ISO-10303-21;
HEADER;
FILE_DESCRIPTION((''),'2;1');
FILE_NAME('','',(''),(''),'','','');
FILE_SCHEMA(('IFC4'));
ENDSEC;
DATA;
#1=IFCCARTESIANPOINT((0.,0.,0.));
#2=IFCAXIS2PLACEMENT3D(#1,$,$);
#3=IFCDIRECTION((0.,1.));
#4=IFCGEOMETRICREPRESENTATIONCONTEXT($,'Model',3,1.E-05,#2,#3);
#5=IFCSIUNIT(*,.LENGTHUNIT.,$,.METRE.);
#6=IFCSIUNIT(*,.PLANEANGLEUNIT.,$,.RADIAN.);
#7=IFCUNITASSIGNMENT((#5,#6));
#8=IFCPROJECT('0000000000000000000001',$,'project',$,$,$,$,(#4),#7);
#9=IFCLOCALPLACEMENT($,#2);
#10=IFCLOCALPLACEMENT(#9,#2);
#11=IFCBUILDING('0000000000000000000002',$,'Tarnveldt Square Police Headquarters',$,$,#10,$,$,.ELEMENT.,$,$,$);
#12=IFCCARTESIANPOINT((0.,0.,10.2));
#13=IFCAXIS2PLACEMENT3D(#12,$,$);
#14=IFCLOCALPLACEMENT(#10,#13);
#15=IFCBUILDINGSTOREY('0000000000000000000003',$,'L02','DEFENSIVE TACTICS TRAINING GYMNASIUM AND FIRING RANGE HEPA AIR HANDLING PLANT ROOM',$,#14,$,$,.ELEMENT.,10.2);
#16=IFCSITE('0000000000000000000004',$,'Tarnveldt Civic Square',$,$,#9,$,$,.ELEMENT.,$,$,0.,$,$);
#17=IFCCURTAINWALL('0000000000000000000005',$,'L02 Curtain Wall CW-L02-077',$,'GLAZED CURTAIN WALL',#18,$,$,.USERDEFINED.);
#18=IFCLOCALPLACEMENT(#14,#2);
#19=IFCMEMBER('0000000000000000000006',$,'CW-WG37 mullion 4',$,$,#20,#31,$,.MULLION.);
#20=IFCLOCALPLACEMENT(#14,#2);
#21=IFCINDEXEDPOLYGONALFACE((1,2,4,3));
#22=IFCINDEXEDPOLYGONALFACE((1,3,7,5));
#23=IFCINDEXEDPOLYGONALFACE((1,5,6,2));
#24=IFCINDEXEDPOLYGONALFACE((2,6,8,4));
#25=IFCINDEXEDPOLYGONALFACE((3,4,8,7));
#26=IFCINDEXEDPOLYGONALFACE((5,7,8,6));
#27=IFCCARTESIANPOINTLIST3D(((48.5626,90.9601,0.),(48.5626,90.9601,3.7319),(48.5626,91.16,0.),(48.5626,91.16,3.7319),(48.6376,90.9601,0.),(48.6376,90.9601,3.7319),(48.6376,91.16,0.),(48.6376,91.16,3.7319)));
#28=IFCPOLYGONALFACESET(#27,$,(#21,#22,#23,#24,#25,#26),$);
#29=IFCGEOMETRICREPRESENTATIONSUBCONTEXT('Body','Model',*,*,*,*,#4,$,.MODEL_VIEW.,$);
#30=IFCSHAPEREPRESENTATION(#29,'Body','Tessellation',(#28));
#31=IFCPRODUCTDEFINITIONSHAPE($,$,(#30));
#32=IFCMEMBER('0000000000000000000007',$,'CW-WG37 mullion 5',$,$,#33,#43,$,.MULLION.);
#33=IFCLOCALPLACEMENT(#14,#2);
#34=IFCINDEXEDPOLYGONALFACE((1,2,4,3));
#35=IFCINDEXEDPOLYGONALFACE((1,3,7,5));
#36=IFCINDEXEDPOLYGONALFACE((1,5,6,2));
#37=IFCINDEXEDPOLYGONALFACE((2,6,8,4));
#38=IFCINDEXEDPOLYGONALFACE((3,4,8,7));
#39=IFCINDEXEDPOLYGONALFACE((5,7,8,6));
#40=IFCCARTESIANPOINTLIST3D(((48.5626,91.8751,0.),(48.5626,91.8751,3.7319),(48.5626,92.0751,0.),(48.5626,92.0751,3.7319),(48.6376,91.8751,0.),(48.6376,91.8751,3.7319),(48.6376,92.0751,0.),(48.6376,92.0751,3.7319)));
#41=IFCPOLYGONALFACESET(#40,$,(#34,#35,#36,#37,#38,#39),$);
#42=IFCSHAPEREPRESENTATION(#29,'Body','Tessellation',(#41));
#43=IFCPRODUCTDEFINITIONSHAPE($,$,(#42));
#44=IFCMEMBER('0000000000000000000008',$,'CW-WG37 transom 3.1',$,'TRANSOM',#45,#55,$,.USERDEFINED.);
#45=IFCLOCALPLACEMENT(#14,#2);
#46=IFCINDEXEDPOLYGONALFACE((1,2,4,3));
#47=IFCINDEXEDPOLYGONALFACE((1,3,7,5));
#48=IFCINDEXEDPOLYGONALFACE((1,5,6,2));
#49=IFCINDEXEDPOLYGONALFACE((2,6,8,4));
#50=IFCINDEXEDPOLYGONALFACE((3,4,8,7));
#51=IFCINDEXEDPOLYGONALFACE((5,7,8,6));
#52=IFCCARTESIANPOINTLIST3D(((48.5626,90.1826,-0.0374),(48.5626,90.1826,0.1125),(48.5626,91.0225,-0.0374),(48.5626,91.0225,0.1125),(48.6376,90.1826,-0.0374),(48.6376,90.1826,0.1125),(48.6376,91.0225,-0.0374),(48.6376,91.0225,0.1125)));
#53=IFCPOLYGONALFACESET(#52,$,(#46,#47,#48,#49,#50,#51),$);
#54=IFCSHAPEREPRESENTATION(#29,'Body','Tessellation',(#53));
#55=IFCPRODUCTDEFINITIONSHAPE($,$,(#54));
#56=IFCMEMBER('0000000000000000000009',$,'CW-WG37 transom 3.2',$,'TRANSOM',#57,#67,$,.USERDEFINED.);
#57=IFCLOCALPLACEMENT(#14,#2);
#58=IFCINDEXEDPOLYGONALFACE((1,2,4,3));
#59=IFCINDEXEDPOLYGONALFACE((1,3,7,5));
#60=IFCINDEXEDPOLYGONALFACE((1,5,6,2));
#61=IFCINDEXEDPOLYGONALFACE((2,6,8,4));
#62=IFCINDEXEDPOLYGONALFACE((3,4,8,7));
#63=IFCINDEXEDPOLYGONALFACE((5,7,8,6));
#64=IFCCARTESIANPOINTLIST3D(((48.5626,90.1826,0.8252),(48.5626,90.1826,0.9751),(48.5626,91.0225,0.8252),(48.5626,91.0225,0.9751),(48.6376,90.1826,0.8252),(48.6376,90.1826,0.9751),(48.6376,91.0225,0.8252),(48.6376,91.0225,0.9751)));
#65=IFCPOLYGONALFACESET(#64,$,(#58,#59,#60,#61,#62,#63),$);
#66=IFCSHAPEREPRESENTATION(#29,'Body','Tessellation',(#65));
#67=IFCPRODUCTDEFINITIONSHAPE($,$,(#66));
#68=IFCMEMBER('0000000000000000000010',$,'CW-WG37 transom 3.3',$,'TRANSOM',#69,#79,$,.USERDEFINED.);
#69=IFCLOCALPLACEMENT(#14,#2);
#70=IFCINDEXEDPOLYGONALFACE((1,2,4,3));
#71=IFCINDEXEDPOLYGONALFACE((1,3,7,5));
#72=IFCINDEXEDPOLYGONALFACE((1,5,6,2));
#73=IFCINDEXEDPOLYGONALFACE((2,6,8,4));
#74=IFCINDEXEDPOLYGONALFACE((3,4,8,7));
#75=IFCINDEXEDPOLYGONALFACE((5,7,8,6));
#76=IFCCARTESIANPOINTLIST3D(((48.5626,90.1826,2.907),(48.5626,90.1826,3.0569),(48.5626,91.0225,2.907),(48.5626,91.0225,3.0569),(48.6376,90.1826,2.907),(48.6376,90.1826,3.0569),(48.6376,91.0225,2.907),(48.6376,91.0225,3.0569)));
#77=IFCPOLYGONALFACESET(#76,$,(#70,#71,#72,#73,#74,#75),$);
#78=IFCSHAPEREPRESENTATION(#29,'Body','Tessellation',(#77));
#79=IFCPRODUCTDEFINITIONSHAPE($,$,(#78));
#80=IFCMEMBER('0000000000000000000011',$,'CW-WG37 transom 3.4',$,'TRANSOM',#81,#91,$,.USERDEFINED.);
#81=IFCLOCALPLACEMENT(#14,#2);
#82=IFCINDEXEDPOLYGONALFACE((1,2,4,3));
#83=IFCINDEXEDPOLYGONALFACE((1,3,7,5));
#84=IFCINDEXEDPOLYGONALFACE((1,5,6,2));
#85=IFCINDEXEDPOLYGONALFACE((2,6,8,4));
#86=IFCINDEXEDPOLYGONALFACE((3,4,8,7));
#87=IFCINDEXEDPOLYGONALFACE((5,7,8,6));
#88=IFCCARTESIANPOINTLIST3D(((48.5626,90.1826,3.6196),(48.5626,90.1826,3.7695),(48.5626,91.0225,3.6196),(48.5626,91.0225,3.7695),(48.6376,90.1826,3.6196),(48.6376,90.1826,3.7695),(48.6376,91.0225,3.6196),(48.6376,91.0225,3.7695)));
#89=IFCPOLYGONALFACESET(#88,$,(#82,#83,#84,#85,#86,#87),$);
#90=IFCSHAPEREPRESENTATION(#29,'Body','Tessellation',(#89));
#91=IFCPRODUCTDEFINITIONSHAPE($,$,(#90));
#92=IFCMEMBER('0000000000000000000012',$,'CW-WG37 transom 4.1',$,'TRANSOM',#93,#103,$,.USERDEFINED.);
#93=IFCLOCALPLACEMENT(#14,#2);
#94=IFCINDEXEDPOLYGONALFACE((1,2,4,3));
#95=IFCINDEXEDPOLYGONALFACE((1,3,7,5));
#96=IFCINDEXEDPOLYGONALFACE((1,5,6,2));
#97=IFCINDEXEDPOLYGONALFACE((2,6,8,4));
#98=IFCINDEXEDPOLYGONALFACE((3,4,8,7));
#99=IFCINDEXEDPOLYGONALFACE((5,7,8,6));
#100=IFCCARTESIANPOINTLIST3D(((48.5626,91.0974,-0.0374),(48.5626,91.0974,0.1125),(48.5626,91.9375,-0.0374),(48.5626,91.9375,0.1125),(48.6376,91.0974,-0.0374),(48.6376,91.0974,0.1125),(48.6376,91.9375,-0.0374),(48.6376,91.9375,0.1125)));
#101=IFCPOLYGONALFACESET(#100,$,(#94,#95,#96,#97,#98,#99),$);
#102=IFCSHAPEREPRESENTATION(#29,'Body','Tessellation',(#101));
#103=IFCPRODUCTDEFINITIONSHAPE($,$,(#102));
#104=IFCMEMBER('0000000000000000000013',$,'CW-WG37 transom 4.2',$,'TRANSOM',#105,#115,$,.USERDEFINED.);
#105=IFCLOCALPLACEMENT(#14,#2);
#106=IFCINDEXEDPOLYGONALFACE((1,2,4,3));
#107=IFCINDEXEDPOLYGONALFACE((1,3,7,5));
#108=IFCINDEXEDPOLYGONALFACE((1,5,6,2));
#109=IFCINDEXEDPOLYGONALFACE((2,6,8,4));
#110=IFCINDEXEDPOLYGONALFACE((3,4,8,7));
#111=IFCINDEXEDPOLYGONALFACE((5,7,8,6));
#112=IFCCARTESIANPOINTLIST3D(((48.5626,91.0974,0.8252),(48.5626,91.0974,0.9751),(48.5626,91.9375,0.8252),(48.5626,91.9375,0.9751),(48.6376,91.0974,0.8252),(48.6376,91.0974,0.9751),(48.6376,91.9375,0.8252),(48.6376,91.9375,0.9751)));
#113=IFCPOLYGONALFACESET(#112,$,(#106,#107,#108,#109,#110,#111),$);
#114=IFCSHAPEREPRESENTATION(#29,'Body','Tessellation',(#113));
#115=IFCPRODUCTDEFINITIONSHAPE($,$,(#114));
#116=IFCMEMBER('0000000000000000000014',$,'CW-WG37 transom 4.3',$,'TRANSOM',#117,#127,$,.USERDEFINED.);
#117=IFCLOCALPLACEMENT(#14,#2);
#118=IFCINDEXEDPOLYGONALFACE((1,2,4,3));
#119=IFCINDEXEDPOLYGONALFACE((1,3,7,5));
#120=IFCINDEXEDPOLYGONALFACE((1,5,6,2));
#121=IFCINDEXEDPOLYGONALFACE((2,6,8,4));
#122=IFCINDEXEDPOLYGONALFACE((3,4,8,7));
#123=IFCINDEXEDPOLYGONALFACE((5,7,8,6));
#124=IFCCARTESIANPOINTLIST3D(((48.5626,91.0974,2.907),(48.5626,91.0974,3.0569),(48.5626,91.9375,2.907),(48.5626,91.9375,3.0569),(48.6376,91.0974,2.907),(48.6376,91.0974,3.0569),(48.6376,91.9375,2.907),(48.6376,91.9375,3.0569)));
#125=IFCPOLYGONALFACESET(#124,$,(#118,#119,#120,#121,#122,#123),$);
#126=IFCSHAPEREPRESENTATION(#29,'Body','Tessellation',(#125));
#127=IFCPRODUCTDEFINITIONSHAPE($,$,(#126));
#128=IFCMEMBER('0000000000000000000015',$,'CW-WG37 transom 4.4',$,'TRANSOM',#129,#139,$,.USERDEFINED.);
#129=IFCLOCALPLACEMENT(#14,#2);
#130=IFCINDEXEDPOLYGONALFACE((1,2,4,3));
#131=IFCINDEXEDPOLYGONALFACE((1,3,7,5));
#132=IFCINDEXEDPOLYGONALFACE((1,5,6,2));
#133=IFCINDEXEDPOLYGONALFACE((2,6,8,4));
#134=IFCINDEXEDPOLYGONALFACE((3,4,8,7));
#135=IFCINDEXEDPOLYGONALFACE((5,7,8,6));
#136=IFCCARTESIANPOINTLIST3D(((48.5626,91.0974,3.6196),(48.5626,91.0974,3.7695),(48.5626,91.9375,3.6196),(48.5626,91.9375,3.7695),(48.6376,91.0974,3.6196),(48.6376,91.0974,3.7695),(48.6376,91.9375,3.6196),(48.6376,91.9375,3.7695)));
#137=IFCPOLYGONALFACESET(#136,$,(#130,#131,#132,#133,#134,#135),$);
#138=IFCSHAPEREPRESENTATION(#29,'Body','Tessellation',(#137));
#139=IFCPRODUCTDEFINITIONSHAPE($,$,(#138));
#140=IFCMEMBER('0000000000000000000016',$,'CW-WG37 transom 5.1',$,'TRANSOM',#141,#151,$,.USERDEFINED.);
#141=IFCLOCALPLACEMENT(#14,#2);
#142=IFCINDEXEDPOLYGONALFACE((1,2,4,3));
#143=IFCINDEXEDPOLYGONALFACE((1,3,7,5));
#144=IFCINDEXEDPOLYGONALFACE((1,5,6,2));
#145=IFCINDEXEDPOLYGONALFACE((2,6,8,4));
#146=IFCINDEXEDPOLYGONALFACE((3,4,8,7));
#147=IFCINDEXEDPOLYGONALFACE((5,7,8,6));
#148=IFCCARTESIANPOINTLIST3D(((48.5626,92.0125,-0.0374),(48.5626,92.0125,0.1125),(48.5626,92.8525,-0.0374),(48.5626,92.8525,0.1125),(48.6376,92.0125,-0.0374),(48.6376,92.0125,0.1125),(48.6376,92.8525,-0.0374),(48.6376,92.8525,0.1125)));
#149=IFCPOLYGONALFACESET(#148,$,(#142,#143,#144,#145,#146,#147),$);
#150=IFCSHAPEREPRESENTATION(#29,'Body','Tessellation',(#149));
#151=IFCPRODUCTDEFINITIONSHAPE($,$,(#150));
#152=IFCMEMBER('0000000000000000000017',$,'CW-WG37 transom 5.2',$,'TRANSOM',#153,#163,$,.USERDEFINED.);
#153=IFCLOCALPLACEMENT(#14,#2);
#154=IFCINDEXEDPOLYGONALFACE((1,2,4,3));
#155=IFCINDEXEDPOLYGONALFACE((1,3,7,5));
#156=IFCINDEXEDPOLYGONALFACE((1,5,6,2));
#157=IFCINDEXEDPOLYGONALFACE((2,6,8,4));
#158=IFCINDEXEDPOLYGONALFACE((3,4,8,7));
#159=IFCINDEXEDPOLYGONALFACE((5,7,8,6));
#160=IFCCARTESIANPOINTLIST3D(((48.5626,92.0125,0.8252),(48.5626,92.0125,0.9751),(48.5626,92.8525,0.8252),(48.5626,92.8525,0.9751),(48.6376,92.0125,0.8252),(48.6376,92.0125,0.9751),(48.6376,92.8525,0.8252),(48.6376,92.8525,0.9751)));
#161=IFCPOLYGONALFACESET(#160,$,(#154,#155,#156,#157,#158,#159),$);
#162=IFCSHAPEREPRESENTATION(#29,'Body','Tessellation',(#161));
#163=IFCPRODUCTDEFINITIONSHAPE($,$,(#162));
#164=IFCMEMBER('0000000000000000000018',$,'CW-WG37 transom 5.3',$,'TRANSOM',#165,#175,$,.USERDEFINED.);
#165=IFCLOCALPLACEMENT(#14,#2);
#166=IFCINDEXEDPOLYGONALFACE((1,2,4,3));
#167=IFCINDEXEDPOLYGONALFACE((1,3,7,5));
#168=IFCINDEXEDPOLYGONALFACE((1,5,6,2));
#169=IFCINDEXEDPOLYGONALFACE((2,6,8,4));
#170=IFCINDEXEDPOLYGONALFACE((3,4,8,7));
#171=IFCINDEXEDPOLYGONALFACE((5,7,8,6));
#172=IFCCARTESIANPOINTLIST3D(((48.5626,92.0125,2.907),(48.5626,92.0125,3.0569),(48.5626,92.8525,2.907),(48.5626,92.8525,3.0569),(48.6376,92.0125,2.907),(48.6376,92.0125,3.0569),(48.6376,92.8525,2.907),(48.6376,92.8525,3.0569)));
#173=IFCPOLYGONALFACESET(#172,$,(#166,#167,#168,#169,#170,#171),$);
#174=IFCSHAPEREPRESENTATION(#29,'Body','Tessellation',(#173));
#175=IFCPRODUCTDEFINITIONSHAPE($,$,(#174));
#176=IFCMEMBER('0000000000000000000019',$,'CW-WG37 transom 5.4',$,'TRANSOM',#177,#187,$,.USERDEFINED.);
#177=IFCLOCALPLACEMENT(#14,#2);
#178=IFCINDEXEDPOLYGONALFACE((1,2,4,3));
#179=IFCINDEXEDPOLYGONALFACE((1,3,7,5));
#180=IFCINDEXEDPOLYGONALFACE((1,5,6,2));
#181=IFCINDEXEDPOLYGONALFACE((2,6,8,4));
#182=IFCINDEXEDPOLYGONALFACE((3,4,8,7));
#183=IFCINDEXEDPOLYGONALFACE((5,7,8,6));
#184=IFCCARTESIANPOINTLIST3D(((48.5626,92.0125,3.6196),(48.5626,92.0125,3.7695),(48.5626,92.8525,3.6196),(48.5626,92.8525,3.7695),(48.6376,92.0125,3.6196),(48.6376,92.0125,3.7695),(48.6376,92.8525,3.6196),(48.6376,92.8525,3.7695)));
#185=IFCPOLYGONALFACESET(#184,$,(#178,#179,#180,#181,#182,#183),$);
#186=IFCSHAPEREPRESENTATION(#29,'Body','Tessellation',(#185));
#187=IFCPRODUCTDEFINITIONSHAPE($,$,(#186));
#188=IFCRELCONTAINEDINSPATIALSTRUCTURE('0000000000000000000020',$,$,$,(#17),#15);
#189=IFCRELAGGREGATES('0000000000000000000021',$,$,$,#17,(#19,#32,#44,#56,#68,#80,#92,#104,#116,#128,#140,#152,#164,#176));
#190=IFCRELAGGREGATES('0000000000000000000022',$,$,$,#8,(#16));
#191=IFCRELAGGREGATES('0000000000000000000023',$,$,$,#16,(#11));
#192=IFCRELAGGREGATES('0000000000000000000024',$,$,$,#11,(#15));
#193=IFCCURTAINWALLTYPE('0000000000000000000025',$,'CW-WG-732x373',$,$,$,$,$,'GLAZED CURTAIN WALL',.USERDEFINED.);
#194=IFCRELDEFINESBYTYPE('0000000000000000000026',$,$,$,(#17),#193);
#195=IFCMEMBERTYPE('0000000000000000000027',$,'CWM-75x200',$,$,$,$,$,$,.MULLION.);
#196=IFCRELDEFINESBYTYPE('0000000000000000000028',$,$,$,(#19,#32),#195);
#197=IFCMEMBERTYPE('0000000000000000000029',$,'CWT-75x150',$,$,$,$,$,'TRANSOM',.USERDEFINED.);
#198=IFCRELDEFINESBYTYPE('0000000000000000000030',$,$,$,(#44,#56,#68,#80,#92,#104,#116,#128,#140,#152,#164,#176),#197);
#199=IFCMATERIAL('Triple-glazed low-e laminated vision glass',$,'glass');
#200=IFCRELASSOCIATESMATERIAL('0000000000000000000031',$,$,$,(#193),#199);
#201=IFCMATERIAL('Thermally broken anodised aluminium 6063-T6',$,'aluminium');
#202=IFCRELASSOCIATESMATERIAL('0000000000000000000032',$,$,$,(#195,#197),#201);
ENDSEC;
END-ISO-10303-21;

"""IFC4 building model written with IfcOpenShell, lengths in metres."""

from ifc_helpers import new_model, si_unit, direction, frame, origin, origin_2d, place, context, subcontext, project, spatial, rectangle, extrude, material, material_profile, profile_set, type_object, element, aggregate, save


model = new_model("IFC4")

# Units and contexts
model_context = context("Model", 3, precision=1e-05, world=origin(), true_north=direction((0.0, 1.0)))
body_context = subcontext(model_context, "Body", "Model", "MODEL_VIEW")
ifc_project = project(units=[si_unit("LENGTHUNIT", "METRE"), si_unit("PLANEANGLEUNIT", "RADIAN")], contexts=[model_context])

# Site, building, storey
site_placement = place(None, origin())
site = spatial("IfcSite", under=ifc_project, at=site_placement, Name="Tarnveldt Civic Square", CompositionType="ELEMENT", RefElevation=0.0)
building_placement = place(site_placement, origin())
building = spatial("IfcBuilding", under=site, at=building_placement, Name="Tarnveldt Square Police Headquarters", CompositionType="ELEMENT")
storey_placement = place(building_placement, frame((0.0, 0.0, 10.2)))
storey = spatial("IfcBuildingStorey", under=building, at=storey_placement, Name="L02", Description="DEFENSIVE TACTICS TRAINING GYMNASIUM AND FIRING RANGE HEPA AIR HANDLING PLANT ROOM", CompositionType="ELEMENT", Elevation=10.2)

# Curtain wall, members
ifc_material_1 = material(Name="Triple-glazed low-e laminated vision glass", Category="glass")
curtain_wall_type = type_object("IfcCurtainWallType", Name="CW-WG-732x373", ElementType="GLAZED CURTAIN WALL", PredefinedType="USERDEFINED", material=ifc_material_1)
curtain_wall_placement = place(storey_placement, origin())
curtain_wall = element("IfcCurtainWall", 1, at=curtain_wall_placement, inside=storey, type_object=curtain_wall_type, Name="L02 Curtain Wall CW-L02-077", ObjectType="GLAZED CURTAIN WALL", PredefinedType="USERDEFINED")
ifc_material_2 = material(Name="Thermally broken anodised aluminium 6063-T6", Category="aluminium")
ifc_material_profile_1 = material_profile(ifc_material_2, rectangle(XDim=0.075, YDim=0.2, at=origin_2d()), Name="CW-M75x200")
ifc_profile_set_1 = profile_set([ifc_material_profile_1], Name="Thermally broken anodised aluminium 6063-T6")
member_type_1 = type_object("IfcMemberType", Name="CWM-75x200", PredefinedType="MULLION", material=ifc_profile_set_1)
member_1_placement = place(storey_placement, frame((48.6001, 91.0601, 0.0), z_axis=(0.0, 0.0, 1.0), x_axis=(-1.0, 0.0, 0.0)))
member_1 = element("IfcMember", 2, at=member_1_placement, type_object=member_type_1, Name="CW-WG37 mullion 4", PredefinedType="MULLION", context=body_context, shape_type="SweptSolid", body=[
    extrude(rectangle(XDim=0.075, YDim=0.2, at=origin_2d()), origin(), (0.0, 0.0, 1.0), 3.7319),
])
member_2_placement = place(storey_placement, frame((48.6001, 91.9751, 0.0), z_axis=(0.0, 0.0, 1.0), x_axis=(-1.0, 0.0, 0.0)))
member_2 = element("IfcMember", 3, at=member_2_placement, type_object=member_type_1, Name="CW-WG37 mullion 5", PredefinedType="MULLION", context=body_context, shape_type="SweptSolid", body=[
    extrude(rectangle(XDim=0.075, YDim=0.2, at=origin_2d()), origin(), (0.0, 0.0, 1.0), 3.7319),
])
ifc_material_profile_2 = material_profile(ifc_material_2, rectangle(XDim=0.075, YDim=0.1499, at=origin_2d()), Name="CW-T75x150")
ifc_profile_set_2 = profile_set([ifc_material_profile_2], Name="Thermally broken anodised aluminium 6063-T6")
member_type_2 = type_object("IfcMemberType", Name="CWT-75x150", ElementType="TRANSOM", PredefinedType="USERDEFINED", material=ifc_profile_set_2)
member_3_placement = place(storey_placement, frame((48.6001, 90.1826, 0.0376), z_axis=(0.0, 1.0, 0.0), x_axis=(-1.0, 0.0, 0.0)))
member_3 = element("IfcMember", 4, at=member_3_placement, type_object=member_type_2, Name="CW-WG37 transom 3.1", ObjectType="TRANSOM", PredefinedType="USERDEFINED", context=body_context, shape_type="SweptSolid", body=[
    extrude(rectangle(XDim=0.075, YDim=0.1499, at=origin_2d()), origin(), (0.0, 0.0, 1.0), 0.8398),
])
member_4_placement = place(storey_placement, frame((48.6001, 90.1826, 0.9001), z_axis=(0.0, 1.0, 0.0), x_axis=(-1.0, 0.0, 0.0)))
member_4 = element("IfcMember", 5, at=member_4_placement, type_object=member_type_2, Name="CW-WG37 transom 3.2", ObjectType="TRANSOM", PredefinedType="USERDEFINED", context=body_context, shape_type="SweptSolid", body=[
    extrude(rectangle(XDim=0.075, YDim=0.1499, at=origin_2d()), origin(), (0.0, 0.0, 1.0), 0.8398),
])
member_5_placement = place(storey_placement, frame((48.6001, 90.1826, 2.9819), z_axis=(0.0, 1.0, 0.0), x_axis=(-1.0, 0.0, 0.0)))
member_5 = element("IfcMember", 6, at=member_5_placement, type_object=member_type_2, Name="CW-WG37 transom 3.3", ObjectType="TRANSOM", PredefinedType="USERDEFINED", context=body_context, shape_type="SweptSolid", body=[
    extrude(rectangle(XDim=0.075, YDim=0.1499, at=origin_2d()), origin(), (0.0, 0.0, 1.0), 0.8398),
])
member_6_placement = place(storey_placement, frame((48.6001, 90.1826, 3.6946), z_axis=(0.0, 1.0, 0.0), x_axis=(-1.0, 0.0, 0.0)))
member_6 = element("IfcMember", 7, at=member_6_placement, type_object=member_type_2, Name="CW-WG37 transom 3.4", ObjectType="TRANSOM", PredefinedType="USERDEFINED", context=body_context, shape_type="SweptSolid", body=[
    extrude(rectangle(XDim=0.075, YDim=0.1499, at=origin_2d()), origin(), (0.0, 0.0, 1.0), 0.8398),
])
member_7_placement = place(storey_placement, frame((48.6001, 91.0974, 0.0376), z_axis=(0.0, 1.0, 0.0), x_axis=(-1.0, 0.0, 0.0)))
member_7 = element("IfcMember", 8, at=member_7_placement, type_object=member_type_2, Name="CW-WG37 transom 4.1", ObjectType="TRANSOM", PredefinedType="USERDEFINED", context=body_context, shape_type="SweptSolid", body=[
    extrude(rectangle(XDim=0.075, YDim=0.1499, at=origin_2d()), origin(), (0.0, 0.0, 1.0), 0.8401),
])
member_8_placement = place(storey_placement, frame((48.6001, 91.0974, 0.9001), z_axis=(0.0, 1.0, 0.0), x_axis=(-1.0, 0.0, 0.0)))
member_8 = element("IfcMember", 9, at=member_8_placement, type_object=member_type_2, Name="CW-WG37 transom 4.2", ObjectType="TRANSOM", PredefinedType="USERDEFINED", context=body_context, shape_type="SweptSolid", body=[
    extrude(rectangle(XDim=0.075, YDim=0.1499, at=origin_2d()), origin(), (0.0, 0.0, 1.0), 0.8401),
])
member_9_placement = place(storey_placement, frame((48.6001, 91.0974, 2.9819), z_axis=(0.0, 1.0, 0.0), x_axis=(-1.0, 0.0, 0.0)))
member_9 = element("IfcMember", 10, at=member_9_placement, type_object=member_type_2, Name="CW-WG37 transom 4.3", ObjectType="TRANSOM", PredefinedType="USERDEFINED", context=body_context, shape_type="SweptSolid", body=[
    extrude(rectangle(XDim=0.075, YDim=0.1499, at=origin_2d()), origin(), (0.0, 0.0, 1.0), 0.8401),
])
member_10_placement = place(storey_placement, frame((48.6001, 91.0974, 3.6946), z_axis=(0.0, 1.0, 0.0), x_axis=(-1.0, 0.0, 0.0)))
member_10 = element("IfcMember", 11, at=member_10_placement, type_object=member_type_2, Name="CW-WG37 transom 4.4", ObjectType="TRANSOM", PredefinedType="USERDEFINED", context=body_context, shape_type="SweptSolid", body=[
    extrude(rectangle(XDim=0.075, YDim=0.1499, at=origin_2d()), origin(), (0.0, 0.0, 1.0), 0.8401),
])
member_11_placement = place(storey_placement, frame((48.6001, 92.0125, 0.0376), z_axis=(0.0, 1.0, 0.0), x_axis=(-1.0, 0.0, 0.0)))
member_11 = element("IfcMember", 12, at=member_11_placement, type_object=member_type_2, Name="CW-WG37 transom 5.1", ObjectType="TRANSOM", PredefinedType="USERDEFINED", context=body_context, shape_type="SweptSolid", body=[
    extrude(rectangle(XDim=0.075, YDim=0.1499, at=origin_2d()), origin(), (0.0, 0.0, 1.0), 0.8401),
])
member_12_placement = place(storey_placement, frame((48.6001, 92.0125, 0.9001), z_axis=(0.0, 1.0, 0.0), x_axis=(-1.0, 0.0, 0.0)))
member_12 = element("IfcMember", 13, at=member_12_placement, type_object=member_type_2, Name="CW-WG37 transom 5.2", ObjectType="TRANSOM", PredefinedType="USERDEFINED", context=body_context, shape_type="SweptSolid", body=[
    extrude(rectangle(XDim=0.075, YDim=0.1499, at=origin_2d()), origin(), (0.0, 0.0, 1.0), 0.8401),
])
member_13_placement = place(storey_placement, frame((48.6001, 92.0125, 2.9819), z_axis=(0.0, 1.0, 0.0), x_axis=(-1.0, 0.0, 0.0)))
member_13 = element("IfcMember", 14, at=member_13_placement, type_object=member_type_2, Name="CW-WG37 transom 5.3", ObjectType="TRANSOM", PredefinedType="USERDEFINED", context=body_context, shape_type="SweptSolid", body=[
    extrude(rectangle(XDim=0.075, YDim=0.1499, at=origin_2d()), origin(), (0.0, 0.0, 1.0), 0.8401),
])
member_14_placement = place(storey_placement, frame((48.6001, 92.0125, 3.6946), z_axis=(0.0, 1.0, 0.0), x_axis=(-1.0, 0.0, 0.0)))
member_14 = element("IfcMember", 15, at=member_14_placement, type_object=member_type_2, Name="CW-WG37 transom 5.4", ObjectType="TRANSOM", PredefinedType="USERDEFINED", context=body_context, shape_type="SweptSolid", body=[
    extrude(rectangle(XDim=0.075, YDim=0.1499, at=origin_2d()), origin(), (0.0, 0.0, 1.0), 0.8401),
])
aggregate(curtain_wall, [member_1, member_2, member_3, member_4, member_5, member_6, member_7, member_8, member_9, member_10, member_11, member_12, member_13, member_14])

save(model, "model.ifc")
